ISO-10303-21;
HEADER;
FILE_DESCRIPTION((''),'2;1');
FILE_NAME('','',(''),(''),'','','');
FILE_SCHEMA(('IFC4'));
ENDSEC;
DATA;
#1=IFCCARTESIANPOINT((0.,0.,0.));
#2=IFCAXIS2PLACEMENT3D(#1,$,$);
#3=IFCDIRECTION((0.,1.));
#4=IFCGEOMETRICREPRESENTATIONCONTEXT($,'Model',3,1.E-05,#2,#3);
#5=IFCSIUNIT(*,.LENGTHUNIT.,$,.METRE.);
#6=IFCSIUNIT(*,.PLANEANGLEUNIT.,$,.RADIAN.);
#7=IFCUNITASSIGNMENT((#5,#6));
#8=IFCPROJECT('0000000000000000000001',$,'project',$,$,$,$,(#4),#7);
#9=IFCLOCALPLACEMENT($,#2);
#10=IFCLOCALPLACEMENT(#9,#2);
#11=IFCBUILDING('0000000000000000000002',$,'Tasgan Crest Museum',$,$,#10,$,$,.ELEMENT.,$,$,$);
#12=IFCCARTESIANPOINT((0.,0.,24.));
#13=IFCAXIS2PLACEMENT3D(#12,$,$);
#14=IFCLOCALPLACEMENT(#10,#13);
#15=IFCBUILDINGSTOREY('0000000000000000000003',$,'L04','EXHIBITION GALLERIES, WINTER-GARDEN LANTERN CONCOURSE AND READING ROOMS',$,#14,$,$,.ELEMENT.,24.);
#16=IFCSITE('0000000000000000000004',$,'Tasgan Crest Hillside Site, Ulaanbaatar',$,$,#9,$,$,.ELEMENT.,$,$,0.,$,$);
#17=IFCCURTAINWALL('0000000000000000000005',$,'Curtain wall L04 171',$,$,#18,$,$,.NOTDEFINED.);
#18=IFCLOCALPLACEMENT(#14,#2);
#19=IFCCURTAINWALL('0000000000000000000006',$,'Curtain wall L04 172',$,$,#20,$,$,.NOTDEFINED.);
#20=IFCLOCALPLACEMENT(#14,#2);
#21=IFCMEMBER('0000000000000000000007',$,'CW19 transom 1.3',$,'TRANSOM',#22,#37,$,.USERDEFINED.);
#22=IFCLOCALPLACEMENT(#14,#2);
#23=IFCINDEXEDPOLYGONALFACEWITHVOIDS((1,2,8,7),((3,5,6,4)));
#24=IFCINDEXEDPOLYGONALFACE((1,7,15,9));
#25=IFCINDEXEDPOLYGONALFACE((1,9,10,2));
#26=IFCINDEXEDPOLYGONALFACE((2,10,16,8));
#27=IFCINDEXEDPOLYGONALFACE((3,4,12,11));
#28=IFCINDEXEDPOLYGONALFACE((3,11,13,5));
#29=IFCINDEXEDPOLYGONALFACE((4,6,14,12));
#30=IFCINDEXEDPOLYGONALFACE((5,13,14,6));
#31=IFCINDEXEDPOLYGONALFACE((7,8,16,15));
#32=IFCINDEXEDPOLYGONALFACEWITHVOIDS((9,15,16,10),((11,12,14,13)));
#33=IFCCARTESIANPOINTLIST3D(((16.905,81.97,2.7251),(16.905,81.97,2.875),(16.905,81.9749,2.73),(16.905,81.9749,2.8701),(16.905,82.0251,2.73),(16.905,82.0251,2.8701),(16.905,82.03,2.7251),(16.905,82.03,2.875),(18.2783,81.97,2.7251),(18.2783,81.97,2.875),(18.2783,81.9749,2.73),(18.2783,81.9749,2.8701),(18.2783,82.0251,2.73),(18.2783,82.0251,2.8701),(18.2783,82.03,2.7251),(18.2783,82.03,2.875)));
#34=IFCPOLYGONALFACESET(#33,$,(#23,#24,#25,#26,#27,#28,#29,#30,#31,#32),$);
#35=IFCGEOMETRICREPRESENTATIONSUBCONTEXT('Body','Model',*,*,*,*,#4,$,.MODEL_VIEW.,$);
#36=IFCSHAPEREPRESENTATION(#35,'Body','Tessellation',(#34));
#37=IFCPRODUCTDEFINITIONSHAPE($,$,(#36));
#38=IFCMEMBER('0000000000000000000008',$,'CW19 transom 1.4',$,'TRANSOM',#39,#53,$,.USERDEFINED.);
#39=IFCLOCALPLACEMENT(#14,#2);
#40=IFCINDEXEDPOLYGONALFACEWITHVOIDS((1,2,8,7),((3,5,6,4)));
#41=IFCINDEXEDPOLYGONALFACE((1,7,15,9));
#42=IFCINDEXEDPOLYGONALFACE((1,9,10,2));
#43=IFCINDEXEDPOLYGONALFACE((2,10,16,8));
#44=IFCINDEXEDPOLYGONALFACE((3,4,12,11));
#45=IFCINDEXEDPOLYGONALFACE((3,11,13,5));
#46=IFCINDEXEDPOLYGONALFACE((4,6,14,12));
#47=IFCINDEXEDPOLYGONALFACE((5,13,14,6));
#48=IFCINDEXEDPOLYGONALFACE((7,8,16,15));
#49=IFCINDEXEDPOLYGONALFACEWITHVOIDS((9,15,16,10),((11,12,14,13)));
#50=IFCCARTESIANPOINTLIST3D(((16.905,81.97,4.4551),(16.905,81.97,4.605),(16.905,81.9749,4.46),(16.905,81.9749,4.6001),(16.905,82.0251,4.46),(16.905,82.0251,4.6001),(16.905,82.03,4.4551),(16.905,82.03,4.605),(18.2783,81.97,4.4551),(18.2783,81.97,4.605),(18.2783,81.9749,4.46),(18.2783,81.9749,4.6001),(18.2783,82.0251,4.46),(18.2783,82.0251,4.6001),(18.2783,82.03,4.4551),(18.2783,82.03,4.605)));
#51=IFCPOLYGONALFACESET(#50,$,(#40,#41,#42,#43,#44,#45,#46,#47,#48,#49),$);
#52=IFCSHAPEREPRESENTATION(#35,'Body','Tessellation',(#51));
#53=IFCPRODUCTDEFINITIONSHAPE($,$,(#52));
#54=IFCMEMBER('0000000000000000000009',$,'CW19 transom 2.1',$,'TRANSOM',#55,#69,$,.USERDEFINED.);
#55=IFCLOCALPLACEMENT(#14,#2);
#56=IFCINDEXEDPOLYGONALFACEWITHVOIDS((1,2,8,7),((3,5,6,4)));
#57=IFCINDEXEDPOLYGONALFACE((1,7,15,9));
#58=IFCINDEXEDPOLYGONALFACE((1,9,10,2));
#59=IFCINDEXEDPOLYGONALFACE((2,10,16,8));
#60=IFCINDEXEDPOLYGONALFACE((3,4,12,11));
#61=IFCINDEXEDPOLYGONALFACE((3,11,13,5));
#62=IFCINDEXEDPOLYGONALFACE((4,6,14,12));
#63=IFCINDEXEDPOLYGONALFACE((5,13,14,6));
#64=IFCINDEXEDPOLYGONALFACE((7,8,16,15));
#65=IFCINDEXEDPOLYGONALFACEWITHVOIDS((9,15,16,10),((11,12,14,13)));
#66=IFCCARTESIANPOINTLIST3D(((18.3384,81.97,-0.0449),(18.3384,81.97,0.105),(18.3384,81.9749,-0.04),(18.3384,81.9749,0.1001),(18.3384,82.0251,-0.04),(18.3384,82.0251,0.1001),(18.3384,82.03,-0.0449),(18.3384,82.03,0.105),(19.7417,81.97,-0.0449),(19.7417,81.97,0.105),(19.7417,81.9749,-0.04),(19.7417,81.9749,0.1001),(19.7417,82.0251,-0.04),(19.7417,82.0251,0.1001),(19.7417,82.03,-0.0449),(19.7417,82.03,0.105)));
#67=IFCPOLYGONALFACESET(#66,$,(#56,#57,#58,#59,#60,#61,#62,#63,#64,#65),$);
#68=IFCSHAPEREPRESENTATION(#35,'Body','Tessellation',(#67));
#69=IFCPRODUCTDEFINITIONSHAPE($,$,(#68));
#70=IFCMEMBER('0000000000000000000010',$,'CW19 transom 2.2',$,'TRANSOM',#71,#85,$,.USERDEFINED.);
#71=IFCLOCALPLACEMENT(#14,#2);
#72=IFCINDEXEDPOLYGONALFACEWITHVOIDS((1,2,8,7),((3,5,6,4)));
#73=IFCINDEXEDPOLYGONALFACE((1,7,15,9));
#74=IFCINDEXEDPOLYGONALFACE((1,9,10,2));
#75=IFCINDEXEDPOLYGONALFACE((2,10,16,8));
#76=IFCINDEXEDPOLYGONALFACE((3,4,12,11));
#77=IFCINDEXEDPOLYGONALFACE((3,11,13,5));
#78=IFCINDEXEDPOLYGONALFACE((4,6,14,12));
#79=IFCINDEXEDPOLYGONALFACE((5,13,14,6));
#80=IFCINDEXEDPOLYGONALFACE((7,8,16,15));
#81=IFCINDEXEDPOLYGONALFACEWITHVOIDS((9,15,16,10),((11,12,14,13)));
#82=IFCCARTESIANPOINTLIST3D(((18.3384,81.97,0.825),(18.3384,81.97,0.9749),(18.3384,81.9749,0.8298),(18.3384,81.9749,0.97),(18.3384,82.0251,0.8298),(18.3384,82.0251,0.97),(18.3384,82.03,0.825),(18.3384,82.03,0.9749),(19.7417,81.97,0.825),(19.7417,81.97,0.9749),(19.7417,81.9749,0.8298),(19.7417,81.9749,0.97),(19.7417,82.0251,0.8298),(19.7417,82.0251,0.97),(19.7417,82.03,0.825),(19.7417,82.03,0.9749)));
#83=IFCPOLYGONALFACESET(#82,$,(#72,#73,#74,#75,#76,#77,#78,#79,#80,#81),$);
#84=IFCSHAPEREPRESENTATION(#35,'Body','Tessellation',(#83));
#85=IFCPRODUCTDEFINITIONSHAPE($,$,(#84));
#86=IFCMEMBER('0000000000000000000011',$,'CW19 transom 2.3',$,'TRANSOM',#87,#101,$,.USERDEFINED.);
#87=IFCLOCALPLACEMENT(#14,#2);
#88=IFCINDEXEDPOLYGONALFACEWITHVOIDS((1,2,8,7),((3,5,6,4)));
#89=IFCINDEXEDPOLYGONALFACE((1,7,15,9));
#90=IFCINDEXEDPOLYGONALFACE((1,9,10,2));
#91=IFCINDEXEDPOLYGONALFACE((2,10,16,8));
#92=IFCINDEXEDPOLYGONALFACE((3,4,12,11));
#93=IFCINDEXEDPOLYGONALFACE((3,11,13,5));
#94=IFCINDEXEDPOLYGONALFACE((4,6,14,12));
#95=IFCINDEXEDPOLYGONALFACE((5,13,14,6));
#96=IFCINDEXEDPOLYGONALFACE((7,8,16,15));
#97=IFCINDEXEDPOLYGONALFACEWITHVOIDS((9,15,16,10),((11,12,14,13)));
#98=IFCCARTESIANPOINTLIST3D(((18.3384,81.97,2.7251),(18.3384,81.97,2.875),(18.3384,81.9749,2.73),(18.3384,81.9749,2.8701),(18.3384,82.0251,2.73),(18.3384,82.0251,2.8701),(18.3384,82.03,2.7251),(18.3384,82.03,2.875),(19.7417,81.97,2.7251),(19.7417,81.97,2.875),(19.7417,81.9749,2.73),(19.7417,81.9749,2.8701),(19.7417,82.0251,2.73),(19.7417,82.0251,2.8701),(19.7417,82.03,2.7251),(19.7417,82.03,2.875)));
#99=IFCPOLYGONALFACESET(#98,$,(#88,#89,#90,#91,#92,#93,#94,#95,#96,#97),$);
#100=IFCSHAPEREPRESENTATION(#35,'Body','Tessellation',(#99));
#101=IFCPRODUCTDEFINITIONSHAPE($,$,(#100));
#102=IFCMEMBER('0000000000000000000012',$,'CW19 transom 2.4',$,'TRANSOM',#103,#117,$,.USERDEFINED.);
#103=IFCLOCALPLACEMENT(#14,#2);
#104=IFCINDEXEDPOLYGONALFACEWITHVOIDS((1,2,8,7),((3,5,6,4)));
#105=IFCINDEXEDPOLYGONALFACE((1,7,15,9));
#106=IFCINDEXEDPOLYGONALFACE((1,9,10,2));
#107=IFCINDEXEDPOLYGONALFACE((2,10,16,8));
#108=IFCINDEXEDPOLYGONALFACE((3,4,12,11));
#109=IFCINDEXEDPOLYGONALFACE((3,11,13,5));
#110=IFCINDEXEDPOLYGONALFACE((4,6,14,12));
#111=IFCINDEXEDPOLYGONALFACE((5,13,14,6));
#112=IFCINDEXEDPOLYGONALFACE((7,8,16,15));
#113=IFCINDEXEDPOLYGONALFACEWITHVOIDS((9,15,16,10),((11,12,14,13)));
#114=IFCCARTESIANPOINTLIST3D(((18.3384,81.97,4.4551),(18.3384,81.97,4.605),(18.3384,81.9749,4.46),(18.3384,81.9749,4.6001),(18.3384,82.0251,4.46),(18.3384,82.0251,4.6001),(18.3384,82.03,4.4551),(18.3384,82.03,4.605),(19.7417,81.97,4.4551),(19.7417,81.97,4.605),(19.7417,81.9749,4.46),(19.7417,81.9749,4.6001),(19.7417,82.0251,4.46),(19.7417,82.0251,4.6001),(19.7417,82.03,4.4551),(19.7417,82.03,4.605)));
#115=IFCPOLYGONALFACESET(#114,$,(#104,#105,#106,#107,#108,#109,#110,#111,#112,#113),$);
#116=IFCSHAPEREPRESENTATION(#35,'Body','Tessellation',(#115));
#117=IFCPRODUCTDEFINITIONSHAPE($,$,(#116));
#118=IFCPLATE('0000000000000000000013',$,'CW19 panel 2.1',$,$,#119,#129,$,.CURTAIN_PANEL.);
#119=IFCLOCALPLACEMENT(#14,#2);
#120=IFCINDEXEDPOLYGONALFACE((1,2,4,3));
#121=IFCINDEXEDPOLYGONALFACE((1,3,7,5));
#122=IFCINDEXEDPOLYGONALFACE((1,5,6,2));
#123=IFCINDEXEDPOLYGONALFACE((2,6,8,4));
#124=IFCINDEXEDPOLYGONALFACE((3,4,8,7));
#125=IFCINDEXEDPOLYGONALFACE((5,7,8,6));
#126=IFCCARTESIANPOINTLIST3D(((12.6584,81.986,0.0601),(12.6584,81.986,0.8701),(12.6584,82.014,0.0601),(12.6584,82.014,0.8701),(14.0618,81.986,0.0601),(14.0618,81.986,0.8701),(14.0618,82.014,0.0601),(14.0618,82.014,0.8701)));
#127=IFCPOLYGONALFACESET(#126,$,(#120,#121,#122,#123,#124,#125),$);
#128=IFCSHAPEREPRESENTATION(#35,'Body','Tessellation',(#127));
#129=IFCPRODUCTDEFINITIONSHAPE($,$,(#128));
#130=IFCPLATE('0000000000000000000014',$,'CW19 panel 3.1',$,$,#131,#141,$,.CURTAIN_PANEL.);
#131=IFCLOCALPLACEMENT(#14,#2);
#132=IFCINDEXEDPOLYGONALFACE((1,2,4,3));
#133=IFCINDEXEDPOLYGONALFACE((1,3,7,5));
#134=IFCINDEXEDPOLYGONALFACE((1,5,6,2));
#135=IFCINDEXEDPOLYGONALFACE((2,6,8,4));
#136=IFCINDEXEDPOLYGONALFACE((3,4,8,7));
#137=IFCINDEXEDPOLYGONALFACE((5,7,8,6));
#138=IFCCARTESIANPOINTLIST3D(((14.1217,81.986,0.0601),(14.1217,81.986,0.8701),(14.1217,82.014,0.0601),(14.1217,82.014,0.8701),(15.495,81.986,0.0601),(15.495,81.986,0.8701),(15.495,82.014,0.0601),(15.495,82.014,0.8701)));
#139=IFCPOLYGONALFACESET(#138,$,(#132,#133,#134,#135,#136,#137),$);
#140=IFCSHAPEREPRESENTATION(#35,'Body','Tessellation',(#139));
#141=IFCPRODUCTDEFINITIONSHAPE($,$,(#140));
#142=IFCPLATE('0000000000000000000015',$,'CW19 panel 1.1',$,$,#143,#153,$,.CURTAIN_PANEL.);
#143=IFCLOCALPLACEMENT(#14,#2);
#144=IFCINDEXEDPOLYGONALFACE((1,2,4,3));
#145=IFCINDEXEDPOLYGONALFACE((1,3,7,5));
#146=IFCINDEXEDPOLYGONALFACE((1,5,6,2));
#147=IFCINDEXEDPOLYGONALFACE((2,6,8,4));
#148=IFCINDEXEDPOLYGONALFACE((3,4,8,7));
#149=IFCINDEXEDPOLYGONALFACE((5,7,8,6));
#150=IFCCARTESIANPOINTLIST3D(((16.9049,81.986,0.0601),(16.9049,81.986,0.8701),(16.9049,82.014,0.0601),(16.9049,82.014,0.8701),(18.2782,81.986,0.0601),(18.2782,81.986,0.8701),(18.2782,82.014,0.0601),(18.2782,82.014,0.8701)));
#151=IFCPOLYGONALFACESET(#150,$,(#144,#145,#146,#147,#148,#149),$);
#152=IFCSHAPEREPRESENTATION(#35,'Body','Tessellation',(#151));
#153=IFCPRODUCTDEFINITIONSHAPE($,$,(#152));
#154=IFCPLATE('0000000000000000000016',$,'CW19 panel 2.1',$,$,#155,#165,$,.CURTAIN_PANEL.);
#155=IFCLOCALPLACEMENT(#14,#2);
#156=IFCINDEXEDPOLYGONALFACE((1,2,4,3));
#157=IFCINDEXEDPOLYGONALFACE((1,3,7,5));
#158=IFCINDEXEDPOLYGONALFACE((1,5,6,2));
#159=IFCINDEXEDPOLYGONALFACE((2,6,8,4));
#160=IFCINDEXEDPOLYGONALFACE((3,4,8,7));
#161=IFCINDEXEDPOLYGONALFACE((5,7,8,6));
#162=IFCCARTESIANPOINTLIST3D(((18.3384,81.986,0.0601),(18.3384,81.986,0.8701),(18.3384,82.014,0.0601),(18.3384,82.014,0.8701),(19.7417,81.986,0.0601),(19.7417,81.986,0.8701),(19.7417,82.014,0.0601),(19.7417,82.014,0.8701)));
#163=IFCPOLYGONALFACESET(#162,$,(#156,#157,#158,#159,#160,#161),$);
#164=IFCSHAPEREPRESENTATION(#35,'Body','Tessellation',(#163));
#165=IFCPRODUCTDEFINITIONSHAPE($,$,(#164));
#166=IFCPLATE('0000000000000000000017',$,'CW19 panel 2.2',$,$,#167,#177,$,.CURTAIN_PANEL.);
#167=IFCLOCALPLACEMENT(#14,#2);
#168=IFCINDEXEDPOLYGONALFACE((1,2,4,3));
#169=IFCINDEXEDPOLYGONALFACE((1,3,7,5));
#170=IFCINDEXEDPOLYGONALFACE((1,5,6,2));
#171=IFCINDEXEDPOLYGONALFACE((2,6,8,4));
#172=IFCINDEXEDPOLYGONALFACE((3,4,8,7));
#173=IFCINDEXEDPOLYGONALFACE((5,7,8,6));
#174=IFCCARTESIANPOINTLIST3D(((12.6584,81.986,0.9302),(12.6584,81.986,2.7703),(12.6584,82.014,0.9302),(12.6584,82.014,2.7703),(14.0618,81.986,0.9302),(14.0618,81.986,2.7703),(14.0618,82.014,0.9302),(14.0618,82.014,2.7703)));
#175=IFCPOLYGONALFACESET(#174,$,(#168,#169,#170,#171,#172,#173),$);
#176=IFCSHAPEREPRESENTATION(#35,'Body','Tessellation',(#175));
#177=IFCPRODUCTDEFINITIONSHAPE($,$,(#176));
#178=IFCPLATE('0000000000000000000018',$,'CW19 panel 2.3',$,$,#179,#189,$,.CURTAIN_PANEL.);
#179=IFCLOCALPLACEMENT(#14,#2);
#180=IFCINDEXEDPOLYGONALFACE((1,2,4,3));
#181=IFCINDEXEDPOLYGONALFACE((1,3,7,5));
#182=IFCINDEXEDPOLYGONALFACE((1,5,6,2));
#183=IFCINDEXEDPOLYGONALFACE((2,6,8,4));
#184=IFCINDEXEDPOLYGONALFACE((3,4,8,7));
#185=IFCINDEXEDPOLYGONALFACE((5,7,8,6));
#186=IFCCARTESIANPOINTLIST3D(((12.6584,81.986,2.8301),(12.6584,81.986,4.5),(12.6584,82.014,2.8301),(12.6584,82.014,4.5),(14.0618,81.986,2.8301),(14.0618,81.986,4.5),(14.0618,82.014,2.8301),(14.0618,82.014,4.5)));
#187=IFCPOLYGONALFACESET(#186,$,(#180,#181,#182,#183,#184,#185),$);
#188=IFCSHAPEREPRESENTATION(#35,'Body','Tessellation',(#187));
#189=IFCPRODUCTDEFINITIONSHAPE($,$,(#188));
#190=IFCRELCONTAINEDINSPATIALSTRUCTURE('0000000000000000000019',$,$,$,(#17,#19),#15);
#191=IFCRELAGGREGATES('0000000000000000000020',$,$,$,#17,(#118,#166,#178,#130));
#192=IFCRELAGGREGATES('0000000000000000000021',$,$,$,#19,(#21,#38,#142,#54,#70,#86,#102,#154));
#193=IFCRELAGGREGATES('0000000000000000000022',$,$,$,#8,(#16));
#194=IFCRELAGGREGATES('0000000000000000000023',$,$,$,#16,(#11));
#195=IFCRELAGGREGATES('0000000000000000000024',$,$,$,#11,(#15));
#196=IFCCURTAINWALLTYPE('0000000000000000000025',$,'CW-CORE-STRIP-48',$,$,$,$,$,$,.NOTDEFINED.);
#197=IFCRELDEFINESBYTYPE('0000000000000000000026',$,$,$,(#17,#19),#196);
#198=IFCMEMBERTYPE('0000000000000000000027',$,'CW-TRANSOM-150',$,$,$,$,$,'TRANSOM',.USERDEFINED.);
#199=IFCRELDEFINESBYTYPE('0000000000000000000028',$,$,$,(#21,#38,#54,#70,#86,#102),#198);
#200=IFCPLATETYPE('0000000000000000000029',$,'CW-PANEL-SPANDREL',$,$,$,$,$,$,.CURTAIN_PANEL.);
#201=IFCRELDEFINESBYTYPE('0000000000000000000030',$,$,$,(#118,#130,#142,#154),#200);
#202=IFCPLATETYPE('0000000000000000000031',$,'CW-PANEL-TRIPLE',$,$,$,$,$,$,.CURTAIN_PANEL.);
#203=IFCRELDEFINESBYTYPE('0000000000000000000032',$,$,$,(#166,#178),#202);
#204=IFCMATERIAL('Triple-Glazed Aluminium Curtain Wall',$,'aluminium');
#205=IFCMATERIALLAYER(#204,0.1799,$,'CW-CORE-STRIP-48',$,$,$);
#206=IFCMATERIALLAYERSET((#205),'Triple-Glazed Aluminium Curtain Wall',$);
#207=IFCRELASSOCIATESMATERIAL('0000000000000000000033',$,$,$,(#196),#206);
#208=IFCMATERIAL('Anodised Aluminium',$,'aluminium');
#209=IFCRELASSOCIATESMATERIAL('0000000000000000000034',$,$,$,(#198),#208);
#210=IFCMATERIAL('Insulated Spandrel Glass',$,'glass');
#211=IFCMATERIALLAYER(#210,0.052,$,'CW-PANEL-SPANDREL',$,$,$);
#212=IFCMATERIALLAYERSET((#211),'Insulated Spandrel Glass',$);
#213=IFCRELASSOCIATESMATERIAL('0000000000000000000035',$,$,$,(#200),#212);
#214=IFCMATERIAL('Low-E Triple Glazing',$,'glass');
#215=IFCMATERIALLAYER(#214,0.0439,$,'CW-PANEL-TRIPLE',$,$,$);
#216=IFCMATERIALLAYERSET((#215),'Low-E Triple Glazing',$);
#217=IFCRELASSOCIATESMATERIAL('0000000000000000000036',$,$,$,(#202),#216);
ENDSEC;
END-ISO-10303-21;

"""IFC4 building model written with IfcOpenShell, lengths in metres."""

from ifc_helpers import new_model, si_unit, direction, frame, origin, origin_2d, place, context, subcontext, project, spatial, rectangle, hollow_rectangle, extrude, material, layer, layer_set, material_profile, profile_set, type_object, element, aggregate, save


model = new_model("IFC4")

# Units and contexts
model_context = context("Model", 3, precision=1e-05, world=origin(), true_north=direction((0.0, 1.0)))
body_context = subcontext(model_context, "Body", "Model", "MODEL_VIEW")
ifc_project = project(units=[si_unit("LENGTHUNIT", "METRE"), si_unit("PLANEANGLEUNIT", "RADIAN")], contexts=[model_context])

# Site, building, storey
site_placement = place(None, origin())
site = spatial("IfcSite", under=ifc_project, at=site_placement, Name="Tasgan Crest Hillside Site, Ulaanbaatar", CompositionType="ELEMENT", RefElevation=0.0)
building_placement = place(site_placement, origin())
building = spatial("IfcBuilding", under=site, at=building_placement, Name="Tasgan Crest Museum", CompositionType="ELEMENT")
storey_placement = place(building_placement, frame((0.0, 0.0, 24.0)))
storey = spatial("IfcBuildingStorey", under=building, at=storey_placement, Name="L04", Description="EXHIBITION GALLERIES, WINTER-GARDEN LANTERN CONCOURSE AND READING ROOMS", CompositionType="ELEMENT", Elevation=24.0)

# Curtain walls
ifc_material_1 = material(Name="Triple-Glazed Aluminium Curtain Wall", Category="aluminium")
ifc_layer_1 = layer(ifc_material_1, 0.1799, Name="CW-CORE-STRIP-48")
ifc_layer_set_1 = layer_set([ifc_layer_1], Name="Triple-Glazed Aluminium Curtain Wall")
curtain_wall_type = type_object("IfcCurtainWallType", Name="CW-CORE-STRIP-48", PredefinedType="NOTDEFINED", material=ifc_layer_set_1)
curtain_wall_1_placement = place(storey_placement, origin())
curtain_wall_1 = element("IfcCurtainWall", 1, at=curtain_wall_1_placement, inside=storey, type_object=curtain_wall_type, Name="Curtain wall L04 171", PredefinedType="NOTDEFINED")
curtain_wall_2_placement = place(storey_placement, origin())
curtain_wall_2 = element("IfcCurtainWall", 2, at=curtain_wall_2_placement, inside=storey, type_object=curtain_wall_type, Name="Curtain wall L04 172", PredefinedType="NOTDEFINED")

# Members
ifc_material_2 = material(Name="Anodised Aluminium", Category="aluminium")
ifc_material_profile_1 = material_profile(ifc_material_2, hollow_rectangle(XDim=0.0601, YDim=0.1499, WallThickness=0.0049, at=origin_2d()), Name="ALU TRANSOM 150x60x5")
ifc_profile_set_1 = profile_set([ifc_material_profile_1], Name="Anodised Aluminium")
member_type_1 = type_object("IfcMemberType", Name="CW-TRANSOM-150", ElementType="TRANSOM", PredefinedType="USERDEFINED", material=ifc_profile_set_1)
member_1_placement = place(storey_placement, frame((16.905, 82.0, 2.8), z_axis=(1.0, 0.0, 0.0), x_axis=(0.0, 1.0, 0.0)))
member_1 = element("IfcMember", 3, at=member_1_placement, type_object=member_type_1, Name="CW19 transom 1.3", ObjectType="TRANSOM", PredefinedType="USERDEFINED", context=body_context, shape_type="SweptSolid", body=[
    extrude(hollow_rectangle(XDim=0.0601, YDim=0.1499, WallThickness=0.0049, at=origin_2d()), origin(), (0.0, 0.0, 1.0), 1.3733),
])
member_2_placement = place(storey_placement, frame((16.905, 82.0, 4.53), z_axis=(1.0, 0.0, 0.0), x_axis=(0.0, 1.0, 0.0)))
member_2 = element("IfcMember", 4, at=member_2_placement, type_object=member_type_1, Name="CW19 transom 1.4", ObjectType="TRANSOM", PredefinedType="USERDEFINED", context=body_context, shape_type="SweptSolid", body=[
    extrude(hollow_rectangle(XDim=0.0601, YDim=0.1499, WallThickness=0.0049, at=origin_2d()), origin(), (0.0, 0.0, 1.0), 1.3733),
])
member_3_placement = place(storey_placement, frame((18.3384, 82.0, 0.03), z_axis=(1.0, 0.0, 0.0), x_axis=(0.0, 1.0, 0.0)))
member_3 = element("IfcMember", 5, at=member_3_placement, type_object=member_type_1, Name="CW19 transom 2.1", ObjectType="TRANSOM", PredefinedType="USERDEFINED", context=body_context, shape_type="SweptSolid", body=[
    extrude(hollow_rectangle(XDim=0.0601, YDim=0.1499, WallThickness=0.0049, at=origin_2d()), origin(), (0.0, 0.0, 1.0), 1.4033),
])
member_4_placement = place(storey_placement, frame((18.3384, 82.0, 0.8999), z_axis=(1.0, 0.0, 0.0), x_axis=(0.0, 1.0, 0.0)))
member_4 = element("IfcMember", 6, at=member_4_placement, type_object=member_type_1, Name="CW19 transom 2.2", ObjectType="TRANSOM", PredefinedType="USERDEFINED", context=body_context, shape_type="SweptSolid", body=[
    extrude(hollow_rectangle(XDim=0.0601, YDim=0.1499, WallThickness=0.0049, at=origin_2d()), origin(), (0.0, 0.0, 1.0), 1.4033),
])
member_5_placement = place(storey_placement, frame((18.3384, 82.0, 2.8), z_axis=(1.0, 0.0, 0.0), x_axis=(0.0, 1.0, 0.0)))
member_5 = element("IfcMember", 7, at=member_5_placement, type_object=member_type_1, Name="CW19 transom 2.3", ObjectType="TRANSOM", PredefinedType="USERDEFINED", context=body_context, shape_type="SweptSolid", body=[
    extrude(hollow_rectangle(XDim=0.0601, YDim=0.1499, WallThickness=0.0049, at=origin_2d()), origin(), (0.0, 0.0, 1.0), 1.4033),
])
member_6_placement = place(storey_placement, frame((18.3384, 82.0, 4.53), z_axis=(1.0, 0.0, 0.0), x_axis=(0.0, 1.0, 0.0)))
member_6 = element("IfcMember", 8, at=member_6_placement, type_object=member_type_1, Name="CW19 transom 2.4", ObjectType="TRANSOM", PredefinedType="USERDEFINED", context=body_context, shape_type="SweptSolid", body=[
    extrude(hollow_rectangle(XDim=0.0601, YDim=0.1499, WallThickness=0.0049, at=origin_2d()), origin(), (0.0, 0.0, 1.0), 1.4033),
])

# Plates
ifc_material_3 = material(Name="Insulated Spandrel Glass", Category="glass")
ifc_layer_2 = layer(ifc_material_3, 0.052, Name="CW-PANEL-SPANDREL")
ifc_layer_set_2 = layer_set([ifc_layer_2], Name="Insulated Spandrel Glass")
plate_type_1 = type_object("IfcPlateType", Name="CW-PANEL-SPANDREL", PredefinedType="CURTAIN_PANEL", material=ifc_layer_set_2)
plate_1_placement = place(storey_placement, frame((13.3601, 82.0, 0.0601), z_axis=(0.0, 0.0, 1.0), x_axis=(1.0, 0.0, 0.0)))
plate_1 = element("IfcPlate", 9, at=plate_1_placement, type_object=plate_type_1, Name="CW19 panel 2.1", PredefinedType="CURTAIN_PANEL", context=body_context, shape_type="SweptSolid", body=[
    extrude(rectangle(XDim=1.4033, YDim=0.0281, at=origin_2d()), origin(), (0.0, 0.0, 1.0), 0.8101),
])
plate_2_placement = place(storey_placement, frame((14.8083, 82.0, 0.0601), z_axis=(0.0, 0.0, 1.0), x_axis=(1.0, 0.0, 0.0)))
plate_2 = element("IfcPlate", 10, at=plate_2_placement, type_object=plate_type_1, Name="CW19 panel 3.1", PredefinedType="CURTAIN_PANEL", context=body_context, shape_type="SweptSolid", body=[
    extrude(rectangle(XDim=1.3733, YDim=0.0281, at=origin_2d()), origin(), (0.0, 0.0, 1.0), 0.8101),
])
plate_3_placement = place(storey_placement, frame((17.5916, 82.0, 0.0601), z_axis=(0.0, 0.0, 1.0), x_axis=(1.0, 0.0, 0.0)))
plate_3 = element("IfcPlate", 11, at=plate_3_placement, type_object=plate_type_1, Name="CW19 panel 1.1", PredefinedType="CURTAIN_PANEL", context=body_context, shape_type="SweptSolid", body=[
    extrude(rectangle(XDim=1.3733, YDim=0.0281, at=origin_2d()), origin(), (0.0, 0.0, 1.0), 0.8101),
])
plate_4_placement = place(storey_placement, frame((19.04, 82.0, 0.0601), z_axis=(0.0, 0.0, 1.0), x_axis=(1.0, 0.0, 0.0)))
plate_4 = element("IfcPlate", 12, at=plate_4_placement, type_object=plate_type_1, Name="CW19 panel 2.1", PredefinedType="CURTAIN_PANEL", context=body_context, shape_type="SweptSolid", body=[
    extrude(rectangle(XDim=1.4033, YDim=0.0281, at=origin_2d()), origin(), (0.0, 0.0, 1.0), 0.8101),
])
ifc_material_4 = material(Name="Low-E Triple Glazing", Category="glass")
ifc_layer_3 = layer(ifc_material_4, 0.0439, Name="CW-PANEL-TRIPLE")
ifc_layer_set_3 = layer_set([ifc_layer_3], Name="Low-E Triple Glazing")
plate_type_2 = type_object("IfcPlateType", Name="CW-PANEL-TRIPLE", PredefinedType="CURTAIN_PANEL", material=ifc_layer_set_3)
plate_5_placement = place(storey_placement, frame((13.3601, 82.0, 0.9302), z_axis=(0.0, 0.0, 1.0), x_axis=(1.0, 0.0, 0.0)))
plate_5 = element("IfcPlate", 13, at=plate_5_placement, type_object=plate_type_2, Name="CW19 panel 2.2", PredefinedType="CURTAIN_PANEL", context=body_context, shape_type="SweptSolid", body=[
    extrude(rectangle(XDim=1.4033, YDim=0.0281, at=origin_2d()), origin(), (0.0, 0.0, 1.0), 1.8401),
])
plate_6_placement = place(storey_placement, frame((13.3601, 82.0, 2.8301), z_axis=(0.0, 0.0, 1.0), x_axis=(1.0, 0.0, 0.0)))
plate_6 = element("IfcPlate", 14, at=plate_6_placement, type_object=plate_type_2, Name="CW19 panel 2.3", PredefinedType="CURTAIN_PANEL", context=body_context, shape_type="SweptSolid", body=[
    extrude(rectangle(XDim=1.4033, YDim=0.0281, at=origin_2d()), origin(), (0.0, 0.0, 1.0), 1.6699),
])
aggregate(curtain_wall_1, [plate_1, plate_5, plate_6, plate_2])
aggregate(curtain_wall_2, [member_1, member_2, plate_3, member_3, member_4, member_5, member_6, plate_4])

save(model, "model.ifc")
